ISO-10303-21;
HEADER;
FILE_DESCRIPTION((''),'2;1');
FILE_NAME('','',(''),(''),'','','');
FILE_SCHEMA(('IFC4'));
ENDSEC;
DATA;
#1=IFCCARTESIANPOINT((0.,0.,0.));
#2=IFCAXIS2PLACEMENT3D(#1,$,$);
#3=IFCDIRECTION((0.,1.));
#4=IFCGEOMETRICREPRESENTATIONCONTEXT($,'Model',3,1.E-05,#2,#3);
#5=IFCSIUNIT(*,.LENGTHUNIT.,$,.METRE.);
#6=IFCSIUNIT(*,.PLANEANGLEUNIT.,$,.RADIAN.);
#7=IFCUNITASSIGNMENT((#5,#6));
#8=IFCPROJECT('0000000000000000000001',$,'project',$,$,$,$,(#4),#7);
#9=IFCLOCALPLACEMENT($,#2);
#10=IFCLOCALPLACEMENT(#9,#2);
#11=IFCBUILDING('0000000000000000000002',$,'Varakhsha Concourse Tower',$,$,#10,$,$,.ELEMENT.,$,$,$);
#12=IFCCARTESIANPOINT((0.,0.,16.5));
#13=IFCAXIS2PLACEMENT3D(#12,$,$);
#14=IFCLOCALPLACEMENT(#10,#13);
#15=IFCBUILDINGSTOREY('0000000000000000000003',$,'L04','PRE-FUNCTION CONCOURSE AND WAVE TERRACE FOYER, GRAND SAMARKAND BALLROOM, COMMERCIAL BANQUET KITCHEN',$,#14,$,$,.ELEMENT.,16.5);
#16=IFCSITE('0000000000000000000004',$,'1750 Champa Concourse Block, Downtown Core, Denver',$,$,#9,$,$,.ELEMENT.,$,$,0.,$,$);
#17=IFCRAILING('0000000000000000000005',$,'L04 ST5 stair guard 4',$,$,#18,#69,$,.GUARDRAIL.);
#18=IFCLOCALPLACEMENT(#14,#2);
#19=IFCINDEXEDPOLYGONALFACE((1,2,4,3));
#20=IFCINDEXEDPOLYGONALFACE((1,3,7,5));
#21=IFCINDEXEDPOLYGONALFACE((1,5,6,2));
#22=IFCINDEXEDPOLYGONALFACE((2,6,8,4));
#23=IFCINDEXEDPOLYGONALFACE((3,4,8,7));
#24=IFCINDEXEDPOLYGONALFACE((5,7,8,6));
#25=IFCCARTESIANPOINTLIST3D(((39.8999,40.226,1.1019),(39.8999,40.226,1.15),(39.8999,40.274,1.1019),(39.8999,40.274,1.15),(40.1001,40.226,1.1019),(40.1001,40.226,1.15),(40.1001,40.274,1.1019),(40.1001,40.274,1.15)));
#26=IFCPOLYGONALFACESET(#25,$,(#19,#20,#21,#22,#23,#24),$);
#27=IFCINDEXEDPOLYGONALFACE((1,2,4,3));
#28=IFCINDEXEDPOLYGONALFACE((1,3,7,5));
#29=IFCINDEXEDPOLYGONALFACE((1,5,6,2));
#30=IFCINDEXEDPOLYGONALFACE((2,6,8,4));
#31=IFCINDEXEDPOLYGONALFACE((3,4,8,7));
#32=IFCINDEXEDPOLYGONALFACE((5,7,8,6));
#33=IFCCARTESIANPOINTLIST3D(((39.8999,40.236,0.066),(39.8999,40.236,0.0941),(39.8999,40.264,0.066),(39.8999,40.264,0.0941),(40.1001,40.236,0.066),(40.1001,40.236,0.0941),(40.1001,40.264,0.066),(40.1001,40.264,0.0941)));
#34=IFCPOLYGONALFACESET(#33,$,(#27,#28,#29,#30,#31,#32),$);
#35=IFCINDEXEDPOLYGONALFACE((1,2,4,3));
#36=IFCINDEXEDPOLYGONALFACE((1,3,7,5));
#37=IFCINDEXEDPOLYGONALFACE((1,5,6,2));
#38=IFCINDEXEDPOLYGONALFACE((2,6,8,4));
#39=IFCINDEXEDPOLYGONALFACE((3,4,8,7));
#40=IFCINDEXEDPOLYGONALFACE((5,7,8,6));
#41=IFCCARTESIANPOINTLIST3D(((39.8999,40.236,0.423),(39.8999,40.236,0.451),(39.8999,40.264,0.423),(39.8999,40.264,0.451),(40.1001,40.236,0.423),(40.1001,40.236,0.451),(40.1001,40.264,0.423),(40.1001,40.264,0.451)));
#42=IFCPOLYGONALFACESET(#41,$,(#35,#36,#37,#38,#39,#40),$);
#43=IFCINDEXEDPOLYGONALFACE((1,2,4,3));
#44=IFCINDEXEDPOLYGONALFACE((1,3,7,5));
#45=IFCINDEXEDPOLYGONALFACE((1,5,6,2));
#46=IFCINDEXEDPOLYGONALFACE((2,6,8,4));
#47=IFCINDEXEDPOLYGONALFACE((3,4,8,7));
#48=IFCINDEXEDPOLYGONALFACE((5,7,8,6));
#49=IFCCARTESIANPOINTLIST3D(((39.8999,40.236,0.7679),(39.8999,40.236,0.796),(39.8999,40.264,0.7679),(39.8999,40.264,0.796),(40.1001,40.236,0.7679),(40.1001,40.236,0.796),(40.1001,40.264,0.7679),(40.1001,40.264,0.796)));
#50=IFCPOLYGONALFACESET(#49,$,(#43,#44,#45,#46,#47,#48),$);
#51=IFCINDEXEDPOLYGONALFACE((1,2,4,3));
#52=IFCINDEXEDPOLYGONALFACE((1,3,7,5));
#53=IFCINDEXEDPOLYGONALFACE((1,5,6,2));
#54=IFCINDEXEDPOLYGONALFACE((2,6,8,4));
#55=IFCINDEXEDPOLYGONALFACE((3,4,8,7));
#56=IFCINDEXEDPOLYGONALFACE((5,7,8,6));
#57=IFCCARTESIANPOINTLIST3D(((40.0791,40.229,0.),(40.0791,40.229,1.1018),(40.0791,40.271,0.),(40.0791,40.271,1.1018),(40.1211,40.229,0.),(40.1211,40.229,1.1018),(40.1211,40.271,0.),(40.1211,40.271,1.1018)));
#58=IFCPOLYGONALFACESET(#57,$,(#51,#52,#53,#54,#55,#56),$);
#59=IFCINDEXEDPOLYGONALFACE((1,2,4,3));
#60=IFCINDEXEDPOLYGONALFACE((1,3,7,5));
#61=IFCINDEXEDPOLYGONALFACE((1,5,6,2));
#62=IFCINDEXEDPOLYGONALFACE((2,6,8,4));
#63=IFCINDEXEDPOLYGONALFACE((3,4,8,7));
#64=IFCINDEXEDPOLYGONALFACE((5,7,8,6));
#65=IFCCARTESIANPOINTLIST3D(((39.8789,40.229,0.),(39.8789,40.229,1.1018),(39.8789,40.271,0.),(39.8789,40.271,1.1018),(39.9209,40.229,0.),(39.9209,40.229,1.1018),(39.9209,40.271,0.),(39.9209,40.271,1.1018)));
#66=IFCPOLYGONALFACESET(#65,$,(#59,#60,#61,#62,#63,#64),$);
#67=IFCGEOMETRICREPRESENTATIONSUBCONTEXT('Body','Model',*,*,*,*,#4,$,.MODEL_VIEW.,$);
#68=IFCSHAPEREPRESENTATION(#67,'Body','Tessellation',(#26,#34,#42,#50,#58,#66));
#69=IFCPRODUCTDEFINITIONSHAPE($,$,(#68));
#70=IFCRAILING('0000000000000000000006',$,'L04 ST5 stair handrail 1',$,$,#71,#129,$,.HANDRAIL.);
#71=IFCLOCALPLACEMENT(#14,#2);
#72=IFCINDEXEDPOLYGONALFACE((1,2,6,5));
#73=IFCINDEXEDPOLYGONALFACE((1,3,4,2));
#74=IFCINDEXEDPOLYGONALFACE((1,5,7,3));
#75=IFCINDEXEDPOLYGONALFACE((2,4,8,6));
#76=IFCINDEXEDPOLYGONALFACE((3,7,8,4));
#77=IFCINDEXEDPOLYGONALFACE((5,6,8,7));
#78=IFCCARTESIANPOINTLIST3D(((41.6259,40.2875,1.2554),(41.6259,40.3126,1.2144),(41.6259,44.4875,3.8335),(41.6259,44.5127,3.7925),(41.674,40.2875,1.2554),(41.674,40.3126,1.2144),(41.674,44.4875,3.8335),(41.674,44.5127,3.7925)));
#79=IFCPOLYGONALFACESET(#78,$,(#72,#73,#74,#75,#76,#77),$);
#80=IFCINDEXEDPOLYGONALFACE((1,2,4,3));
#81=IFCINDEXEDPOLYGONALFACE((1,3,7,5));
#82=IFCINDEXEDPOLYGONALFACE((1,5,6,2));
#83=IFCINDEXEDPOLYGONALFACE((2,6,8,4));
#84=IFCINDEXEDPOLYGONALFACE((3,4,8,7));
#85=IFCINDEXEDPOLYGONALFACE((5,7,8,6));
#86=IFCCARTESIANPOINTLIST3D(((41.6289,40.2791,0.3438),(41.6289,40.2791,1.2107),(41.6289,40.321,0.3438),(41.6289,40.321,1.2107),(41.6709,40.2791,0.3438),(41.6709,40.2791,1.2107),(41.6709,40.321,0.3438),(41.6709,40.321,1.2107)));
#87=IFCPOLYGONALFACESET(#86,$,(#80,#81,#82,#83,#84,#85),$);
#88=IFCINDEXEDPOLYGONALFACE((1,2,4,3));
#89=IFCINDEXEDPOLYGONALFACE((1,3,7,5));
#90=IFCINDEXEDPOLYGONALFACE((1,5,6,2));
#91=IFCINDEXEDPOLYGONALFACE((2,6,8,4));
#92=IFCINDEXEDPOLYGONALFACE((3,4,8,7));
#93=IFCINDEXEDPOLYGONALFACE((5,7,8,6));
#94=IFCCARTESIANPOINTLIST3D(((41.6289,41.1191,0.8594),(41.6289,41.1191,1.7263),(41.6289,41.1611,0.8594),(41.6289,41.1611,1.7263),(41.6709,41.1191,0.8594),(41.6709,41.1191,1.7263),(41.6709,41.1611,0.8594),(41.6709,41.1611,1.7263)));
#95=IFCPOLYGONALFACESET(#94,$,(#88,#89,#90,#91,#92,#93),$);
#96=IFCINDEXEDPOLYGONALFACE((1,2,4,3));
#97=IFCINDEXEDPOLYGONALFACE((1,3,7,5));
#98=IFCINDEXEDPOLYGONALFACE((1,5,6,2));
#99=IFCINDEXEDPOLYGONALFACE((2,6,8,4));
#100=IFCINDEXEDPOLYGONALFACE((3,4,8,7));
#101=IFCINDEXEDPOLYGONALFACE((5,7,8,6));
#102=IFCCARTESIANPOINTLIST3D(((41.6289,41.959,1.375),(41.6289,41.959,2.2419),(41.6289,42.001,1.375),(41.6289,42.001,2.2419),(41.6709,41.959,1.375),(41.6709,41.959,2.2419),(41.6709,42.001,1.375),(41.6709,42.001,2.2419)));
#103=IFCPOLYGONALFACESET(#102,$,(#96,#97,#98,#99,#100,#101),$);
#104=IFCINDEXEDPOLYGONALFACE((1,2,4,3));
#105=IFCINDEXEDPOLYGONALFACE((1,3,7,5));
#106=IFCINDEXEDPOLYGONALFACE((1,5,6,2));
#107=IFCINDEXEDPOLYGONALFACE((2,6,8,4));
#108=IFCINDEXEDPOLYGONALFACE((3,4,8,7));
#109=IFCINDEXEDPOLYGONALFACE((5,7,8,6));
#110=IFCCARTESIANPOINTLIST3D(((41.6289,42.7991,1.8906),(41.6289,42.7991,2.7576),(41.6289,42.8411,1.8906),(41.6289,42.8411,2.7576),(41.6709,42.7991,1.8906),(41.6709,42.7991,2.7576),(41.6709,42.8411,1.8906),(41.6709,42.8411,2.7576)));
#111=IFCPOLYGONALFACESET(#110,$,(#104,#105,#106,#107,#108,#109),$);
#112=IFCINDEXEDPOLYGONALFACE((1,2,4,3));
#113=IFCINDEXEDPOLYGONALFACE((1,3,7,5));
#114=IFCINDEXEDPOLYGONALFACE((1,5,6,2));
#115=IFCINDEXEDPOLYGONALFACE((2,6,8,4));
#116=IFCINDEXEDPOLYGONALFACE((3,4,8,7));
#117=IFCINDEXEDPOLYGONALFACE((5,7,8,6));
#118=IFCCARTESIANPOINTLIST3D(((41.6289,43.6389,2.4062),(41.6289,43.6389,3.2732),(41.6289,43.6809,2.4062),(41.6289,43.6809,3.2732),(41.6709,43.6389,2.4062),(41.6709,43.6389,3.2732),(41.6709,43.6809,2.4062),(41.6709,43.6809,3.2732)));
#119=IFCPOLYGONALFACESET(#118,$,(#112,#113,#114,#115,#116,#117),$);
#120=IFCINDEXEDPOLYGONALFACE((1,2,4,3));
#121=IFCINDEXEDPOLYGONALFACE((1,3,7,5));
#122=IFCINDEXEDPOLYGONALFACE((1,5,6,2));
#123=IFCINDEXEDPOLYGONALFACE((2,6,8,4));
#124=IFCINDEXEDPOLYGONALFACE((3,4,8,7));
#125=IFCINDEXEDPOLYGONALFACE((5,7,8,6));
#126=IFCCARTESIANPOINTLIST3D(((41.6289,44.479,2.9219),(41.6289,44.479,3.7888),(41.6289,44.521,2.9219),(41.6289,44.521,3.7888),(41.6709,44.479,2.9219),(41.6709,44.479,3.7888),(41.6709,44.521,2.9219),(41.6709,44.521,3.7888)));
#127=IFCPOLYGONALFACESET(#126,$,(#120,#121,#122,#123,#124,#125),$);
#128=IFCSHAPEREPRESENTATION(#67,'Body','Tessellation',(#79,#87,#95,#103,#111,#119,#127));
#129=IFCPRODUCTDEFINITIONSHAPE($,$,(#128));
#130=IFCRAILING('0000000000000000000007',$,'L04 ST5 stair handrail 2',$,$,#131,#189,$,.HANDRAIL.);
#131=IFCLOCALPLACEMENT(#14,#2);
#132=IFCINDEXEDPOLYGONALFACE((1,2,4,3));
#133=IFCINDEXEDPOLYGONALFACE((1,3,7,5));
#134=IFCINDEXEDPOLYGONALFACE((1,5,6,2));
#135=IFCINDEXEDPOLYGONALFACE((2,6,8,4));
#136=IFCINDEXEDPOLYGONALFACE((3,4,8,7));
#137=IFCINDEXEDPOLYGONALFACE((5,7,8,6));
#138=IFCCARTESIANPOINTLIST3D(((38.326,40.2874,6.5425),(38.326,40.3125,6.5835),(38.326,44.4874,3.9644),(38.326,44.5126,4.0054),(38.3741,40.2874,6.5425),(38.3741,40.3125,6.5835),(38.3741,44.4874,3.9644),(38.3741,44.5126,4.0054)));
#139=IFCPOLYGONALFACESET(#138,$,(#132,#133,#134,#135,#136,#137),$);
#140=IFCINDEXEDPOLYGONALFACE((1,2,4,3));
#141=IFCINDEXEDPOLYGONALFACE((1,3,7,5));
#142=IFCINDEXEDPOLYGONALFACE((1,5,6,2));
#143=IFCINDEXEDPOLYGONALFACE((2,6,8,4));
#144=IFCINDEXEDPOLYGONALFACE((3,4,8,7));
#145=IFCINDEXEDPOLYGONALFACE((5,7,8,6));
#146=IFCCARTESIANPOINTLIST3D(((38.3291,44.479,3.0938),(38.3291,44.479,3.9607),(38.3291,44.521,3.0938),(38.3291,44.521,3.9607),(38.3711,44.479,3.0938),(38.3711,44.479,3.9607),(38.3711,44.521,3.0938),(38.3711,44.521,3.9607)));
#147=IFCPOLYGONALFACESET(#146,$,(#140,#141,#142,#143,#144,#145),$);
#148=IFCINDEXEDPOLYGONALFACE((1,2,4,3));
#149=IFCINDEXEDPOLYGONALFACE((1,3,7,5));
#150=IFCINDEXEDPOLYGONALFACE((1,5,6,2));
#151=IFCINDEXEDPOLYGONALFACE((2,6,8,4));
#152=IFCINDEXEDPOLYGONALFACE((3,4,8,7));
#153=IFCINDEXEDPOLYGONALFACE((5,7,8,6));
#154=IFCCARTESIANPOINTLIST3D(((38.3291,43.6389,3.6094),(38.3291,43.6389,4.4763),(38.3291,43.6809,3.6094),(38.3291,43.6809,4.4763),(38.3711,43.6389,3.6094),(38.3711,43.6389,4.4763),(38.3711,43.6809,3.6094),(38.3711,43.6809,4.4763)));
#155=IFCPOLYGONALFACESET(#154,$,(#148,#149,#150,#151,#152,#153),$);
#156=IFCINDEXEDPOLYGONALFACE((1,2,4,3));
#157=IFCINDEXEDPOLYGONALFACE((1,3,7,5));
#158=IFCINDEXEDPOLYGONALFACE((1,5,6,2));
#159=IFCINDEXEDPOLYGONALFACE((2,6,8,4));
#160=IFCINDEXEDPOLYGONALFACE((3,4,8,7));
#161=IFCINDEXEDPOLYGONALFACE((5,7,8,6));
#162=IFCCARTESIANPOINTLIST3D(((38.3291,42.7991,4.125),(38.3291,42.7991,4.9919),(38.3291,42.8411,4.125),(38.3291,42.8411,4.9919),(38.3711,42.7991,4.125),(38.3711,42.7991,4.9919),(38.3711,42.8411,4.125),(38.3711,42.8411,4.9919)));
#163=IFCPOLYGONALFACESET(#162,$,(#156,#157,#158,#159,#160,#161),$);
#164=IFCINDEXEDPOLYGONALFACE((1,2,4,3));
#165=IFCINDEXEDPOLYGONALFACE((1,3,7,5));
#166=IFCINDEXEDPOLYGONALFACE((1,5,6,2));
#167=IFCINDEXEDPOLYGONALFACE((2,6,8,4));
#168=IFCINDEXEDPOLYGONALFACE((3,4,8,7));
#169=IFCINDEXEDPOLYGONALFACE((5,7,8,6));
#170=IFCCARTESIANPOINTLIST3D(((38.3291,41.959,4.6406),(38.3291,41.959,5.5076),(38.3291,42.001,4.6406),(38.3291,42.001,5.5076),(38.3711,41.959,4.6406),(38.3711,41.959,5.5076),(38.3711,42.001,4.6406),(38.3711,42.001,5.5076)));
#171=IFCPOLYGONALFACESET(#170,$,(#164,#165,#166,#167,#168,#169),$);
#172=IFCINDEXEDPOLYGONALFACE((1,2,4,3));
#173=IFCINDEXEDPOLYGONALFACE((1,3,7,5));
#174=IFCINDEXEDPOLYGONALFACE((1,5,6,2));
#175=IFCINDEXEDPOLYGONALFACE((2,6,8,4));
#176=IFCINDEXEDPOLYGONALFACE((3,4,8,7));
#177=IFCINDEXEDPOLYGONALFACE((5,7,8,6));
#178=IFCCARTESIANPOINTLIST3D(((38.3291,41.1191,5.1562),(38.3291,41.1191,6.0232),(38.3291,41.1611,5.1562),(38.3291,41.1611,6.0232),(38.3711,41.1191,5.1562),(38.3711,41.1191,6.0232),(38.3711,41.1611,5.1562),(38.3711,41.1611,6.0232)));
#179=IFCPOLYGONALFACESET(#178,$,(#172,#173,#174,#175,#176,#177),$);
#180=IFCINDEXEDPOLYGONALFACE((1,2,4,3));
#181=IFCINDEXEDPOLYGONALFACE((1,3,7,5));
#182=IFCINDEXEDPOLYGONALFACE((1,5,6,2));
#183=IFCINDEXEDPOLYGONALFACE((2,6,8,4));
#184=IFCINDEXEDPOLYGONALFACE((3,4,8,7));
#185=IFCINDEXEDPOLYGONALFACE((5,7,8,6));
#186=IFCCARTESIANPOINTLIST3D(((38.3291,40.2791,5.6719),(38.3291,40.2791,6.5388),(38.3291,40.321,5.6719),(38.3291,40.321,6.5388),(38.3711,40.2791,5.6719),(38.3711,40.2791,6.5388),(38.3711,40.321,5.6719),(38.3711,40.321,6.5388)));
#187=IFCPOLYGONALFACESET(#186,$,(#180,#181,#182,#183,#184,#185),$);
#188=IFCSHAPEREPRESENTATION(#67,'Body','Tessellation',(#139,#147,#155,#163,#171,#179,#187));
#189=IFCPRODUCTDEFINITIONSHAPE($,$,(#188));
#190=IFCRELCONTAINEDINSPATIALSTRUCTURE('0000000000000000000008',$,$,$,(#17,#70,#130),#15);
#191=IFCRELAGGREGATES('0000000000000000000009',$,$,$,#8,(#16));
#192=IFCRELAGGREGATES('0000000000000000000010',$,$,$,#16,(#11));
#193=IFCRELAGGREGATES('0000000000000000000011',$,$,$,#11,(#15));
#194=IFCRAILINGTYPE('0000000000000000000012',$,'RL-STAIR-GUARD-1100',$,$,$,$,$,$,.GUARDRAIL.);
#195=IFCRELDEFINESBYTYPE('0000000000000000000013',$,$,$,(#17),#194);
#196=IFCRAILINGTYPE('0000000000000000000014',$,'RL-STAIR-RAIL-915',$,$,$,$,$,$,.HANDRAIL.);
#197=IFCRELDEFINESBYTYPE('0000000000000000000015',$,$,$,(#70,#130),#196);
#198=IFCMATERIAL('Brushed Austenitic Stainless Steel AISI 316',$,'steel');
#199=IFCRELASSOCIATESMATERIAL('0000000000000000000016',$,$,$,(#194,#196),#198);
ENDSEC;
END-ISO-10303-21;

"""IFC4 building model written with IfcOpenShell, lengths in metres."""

from ifc_helpers import new_model, si_unit, direction, frame, origin, origin_2d, place, context, subcontext, project, spatial, rectangle, extrude, material, type_object, element, save


model = new_model("IFC4")

# Units and contexts
model_context = context("Model", 3, precision=1e-05, world=origin(), true_north=direction((0.0, 1.0)))
body_context = subcontext(model_context, "Body", "Model", "MODEL_VIEW")
ifc_project = project(units=[si_unit("LENGTHUNIT", "METRE"), si_unit("PLANEANGLEUNIT", "RADIAN")], contexts=[model_context])

# Site, building, storey
site_placement = place(None, origin())
site = spatial("IfcSite", under=ifc_project, at=site_placement, Name="1750 Champa Concourse Block, Downtown Core, Denver", CompositionType="ELEMENT", RefElevation=0.0)
building_placement = place(site_placement, origin())
building = spatial("IfcBuilding", under=site, at=building_placement, Name="Varakhsha Concourse Tower", CompositionType="ELEMENT")
storey_placement = place(building_placement, frame((0.0, 0.0, 16.5)))
storey = spatial("IfcBuildingStorey", under=building, at=storey_placement, Name="L04", Description="PRE-FUNCTION CONCOURSE AND WAVE TERRACE FOYER, GRAND SAMARKAND BALLROOM, COMMERCIAL BANQUET KITCHEN", CompositionType="ELEMENT", Elevation=16.5)

# Railings
ifc_material_1 = material(Name="Brushed Austenitic Stainless Steel AISI 316", Category="steel")
railing_type_1 = type_object("IfcRailingType", Name="RL-STAIR-GUARD-1100", PredefinedType="GUARDRAIL", material=ifc_material_1)
railing_1_placement = place(storey_placement, frame((40.1001, 40.25, 0.0)))
element("IfcRailing", 1, at=railing_1_placement, inside=storey, type_object=railing_type_1, Name="L04 ST5 stair guard 4", PredefinedType="GUARDRAIL", context=body_context, shape_type="SweptSolid", body=[
    extrude(rectangle(XDim=0.0481, YDim=0.0481, at=origin_2d()), frame((0.0, 0.0, 1.126), z_axis=(-1.0, 0.0, 0.0), x_axis=(0.0, -1.0, 0.0)), (0.0, 0.0, 1.0), 0.2002),
    extrude(rectangle(XDim=0.0281, YDim=0.0281, at=origin_2d()), frame((0.0, 0.0, 0.0801), z_axis=(-1.0, 0.0, 0.0), x_axis=(0.0, -1.0, 0.0)), (0.0, 0.0, 1.0), 0.2002),
    extrude(rectangle(XDim=0.0281, YDim=0.0281, at=origin_2d()), frame((0.0, 0.0, 0.437), z_axis=(-1.0, 0.0, 0.0), x_axis=(0.0, -1.0, 0.0)), (0.0, 0.0, 1.0), 0.2002),
    extrude(rectangle(XDim=0.0281, YDim=0.0281, at=origin_2d()), frame((0.0, 0.0, 0.782), z_axis=(-1.0, 0.0, 0.0), x_axis=(0.0, -1.0, 0.0)), (0.0, 0.0, 1.0), 0.2002),
    extrude(rectangle(XDim=0.042, YDim=0.042, at=origin_2d()), origin(), (0.0, 0.0, 1.0), 1.1018),
    extrude(rectangle(XDim=0.042, YDim=0.042, at=origin_2d()), frame((-0.2002, 0.0, 0.0)), (0.0, 0.0, 1.0), 1.1018),
])
railing_type_2 = type_object("IfcRailingType", Name="RL-STAIR-RAIL-915", PredefinedType="HANDRAIL", material=ifc_material_1)
railing_2_placement = place(storey_placement, frame((41.6499, 40.3, 0.3438)))
element("IfcRailing", 2, at=railing_2_placement, inside=storey, type_object=railing_type_2, Name="L04 ST5 stair handrail 1", PredefinedType="HANDRAIL", context=body_context, shape_type="SweptSolid", body=[
    extrude(rectangle(XDim=0.0481, YDim=0.0481, at=origin_2d()), frame((0.0, 0.0, 0.8911), z_axis=(0.0, 0.852243, 0.523146), x_axis=(-1.0, 0.0, 0.0)), (0.0, 0.0, 1.0), 4.9282),
    extrude(rectangle(XDim=0.042, YDim=0.042, at=origin_2d()), origin(), (0.0, 0.0, 1.0), 0.8669),
    extrude(rectangle(XDim=0.042, YDim=0.042, at=origin_2d()), frame((0.0, 0.8401, 0.5156)), (0.0, 0.0, 1.0), 0.8669),
    extrude(rectangle(XDim=0.042, YDim=0.042, at=origin_2d()), frame((0.0, 1.6799, 1.0312)), (0.0, 0.0, 1.0), 0.8669),
    extrude(rectangle(XDim=0.042, YDim=0.042, at=origin_2d()), frame((0.0, 2.52, 1.5469)), (0.0, 0.0, 1.0), 0.8669),
    extrude(rectangle(XDim=0.042, YDim=0.042, at=origin_2d()), frame((0.0, 3.3599, 2.0625)), (0.0, 0.0, 1.0), 0.8669),
    extrude(rectangle(XDim=0.042, YDim=0.042, at=origin_2d()), frame((0.0, 4.2, 2.5781)), (0.0, 0.0, 1.0), 0.8669),
])
railing_3_placement = place(storey_placement, frame((38.3501, 44.5, 3.0938)))
element("IfcRailing", 3, at=railing_3_placement, inside=storey, type_object=railing_type_2, Name="L04 ST5 stair handrail 2", PredefinedType="HANDRAIL", context=body_context, shape_type="SweptSolid", body=[
    extrude(rectangle(XDim=0.0481, YDim=0.0481, at=origin_2d()), frame((0.0, 0.0, 0.8911), z_axis=(0.0, -0.852243, 0.523146), x_axis=(1.0, 0.0, 0.0)), (0.0, 0.0, 1.0), 4.9282),
    extrude(rectangle(XDim=0.042, YDim=0.042, at=origin_2d()), origin(), (0.0, 0.0, 1.0), 0.8669),
    extrude(rectangle(XDim=0.042, YDim=0.042, at=origin_2d()), frame((0.0, -0.8401, 0.5156)), (0.0, 0.0, 1.0), 0.8669),
    extrude(rectangle(XDim=0.042, YDim=0.042, at=origin_2d()), frame((0.0, -1.6799, 1.0312)), (0.0, 0.0, 1.0), 0.8669),
    extrude(rectangle(XDim=0.042, YDim=0.042, at=origin_2d()), frame((0.0, -2.52, 1.5469)), (0.0, 0.0, 1.0), 0.8669),
    extrude(rectangle(XDim=0.042, YDim=0.042, at=origin_2d()), frame((0.0, -3.3599, 2.0625)), (0.0, 0.0, 1.0), 0.8669),
    extrude(rectangle(XDim=0.042, YDim=0.042, at=origin_2d()), frame((0.0, -4.2, 2.5781)), (0.0, 0.0, 1.0), 0.8669),
])

save(model, "model.ifc")
